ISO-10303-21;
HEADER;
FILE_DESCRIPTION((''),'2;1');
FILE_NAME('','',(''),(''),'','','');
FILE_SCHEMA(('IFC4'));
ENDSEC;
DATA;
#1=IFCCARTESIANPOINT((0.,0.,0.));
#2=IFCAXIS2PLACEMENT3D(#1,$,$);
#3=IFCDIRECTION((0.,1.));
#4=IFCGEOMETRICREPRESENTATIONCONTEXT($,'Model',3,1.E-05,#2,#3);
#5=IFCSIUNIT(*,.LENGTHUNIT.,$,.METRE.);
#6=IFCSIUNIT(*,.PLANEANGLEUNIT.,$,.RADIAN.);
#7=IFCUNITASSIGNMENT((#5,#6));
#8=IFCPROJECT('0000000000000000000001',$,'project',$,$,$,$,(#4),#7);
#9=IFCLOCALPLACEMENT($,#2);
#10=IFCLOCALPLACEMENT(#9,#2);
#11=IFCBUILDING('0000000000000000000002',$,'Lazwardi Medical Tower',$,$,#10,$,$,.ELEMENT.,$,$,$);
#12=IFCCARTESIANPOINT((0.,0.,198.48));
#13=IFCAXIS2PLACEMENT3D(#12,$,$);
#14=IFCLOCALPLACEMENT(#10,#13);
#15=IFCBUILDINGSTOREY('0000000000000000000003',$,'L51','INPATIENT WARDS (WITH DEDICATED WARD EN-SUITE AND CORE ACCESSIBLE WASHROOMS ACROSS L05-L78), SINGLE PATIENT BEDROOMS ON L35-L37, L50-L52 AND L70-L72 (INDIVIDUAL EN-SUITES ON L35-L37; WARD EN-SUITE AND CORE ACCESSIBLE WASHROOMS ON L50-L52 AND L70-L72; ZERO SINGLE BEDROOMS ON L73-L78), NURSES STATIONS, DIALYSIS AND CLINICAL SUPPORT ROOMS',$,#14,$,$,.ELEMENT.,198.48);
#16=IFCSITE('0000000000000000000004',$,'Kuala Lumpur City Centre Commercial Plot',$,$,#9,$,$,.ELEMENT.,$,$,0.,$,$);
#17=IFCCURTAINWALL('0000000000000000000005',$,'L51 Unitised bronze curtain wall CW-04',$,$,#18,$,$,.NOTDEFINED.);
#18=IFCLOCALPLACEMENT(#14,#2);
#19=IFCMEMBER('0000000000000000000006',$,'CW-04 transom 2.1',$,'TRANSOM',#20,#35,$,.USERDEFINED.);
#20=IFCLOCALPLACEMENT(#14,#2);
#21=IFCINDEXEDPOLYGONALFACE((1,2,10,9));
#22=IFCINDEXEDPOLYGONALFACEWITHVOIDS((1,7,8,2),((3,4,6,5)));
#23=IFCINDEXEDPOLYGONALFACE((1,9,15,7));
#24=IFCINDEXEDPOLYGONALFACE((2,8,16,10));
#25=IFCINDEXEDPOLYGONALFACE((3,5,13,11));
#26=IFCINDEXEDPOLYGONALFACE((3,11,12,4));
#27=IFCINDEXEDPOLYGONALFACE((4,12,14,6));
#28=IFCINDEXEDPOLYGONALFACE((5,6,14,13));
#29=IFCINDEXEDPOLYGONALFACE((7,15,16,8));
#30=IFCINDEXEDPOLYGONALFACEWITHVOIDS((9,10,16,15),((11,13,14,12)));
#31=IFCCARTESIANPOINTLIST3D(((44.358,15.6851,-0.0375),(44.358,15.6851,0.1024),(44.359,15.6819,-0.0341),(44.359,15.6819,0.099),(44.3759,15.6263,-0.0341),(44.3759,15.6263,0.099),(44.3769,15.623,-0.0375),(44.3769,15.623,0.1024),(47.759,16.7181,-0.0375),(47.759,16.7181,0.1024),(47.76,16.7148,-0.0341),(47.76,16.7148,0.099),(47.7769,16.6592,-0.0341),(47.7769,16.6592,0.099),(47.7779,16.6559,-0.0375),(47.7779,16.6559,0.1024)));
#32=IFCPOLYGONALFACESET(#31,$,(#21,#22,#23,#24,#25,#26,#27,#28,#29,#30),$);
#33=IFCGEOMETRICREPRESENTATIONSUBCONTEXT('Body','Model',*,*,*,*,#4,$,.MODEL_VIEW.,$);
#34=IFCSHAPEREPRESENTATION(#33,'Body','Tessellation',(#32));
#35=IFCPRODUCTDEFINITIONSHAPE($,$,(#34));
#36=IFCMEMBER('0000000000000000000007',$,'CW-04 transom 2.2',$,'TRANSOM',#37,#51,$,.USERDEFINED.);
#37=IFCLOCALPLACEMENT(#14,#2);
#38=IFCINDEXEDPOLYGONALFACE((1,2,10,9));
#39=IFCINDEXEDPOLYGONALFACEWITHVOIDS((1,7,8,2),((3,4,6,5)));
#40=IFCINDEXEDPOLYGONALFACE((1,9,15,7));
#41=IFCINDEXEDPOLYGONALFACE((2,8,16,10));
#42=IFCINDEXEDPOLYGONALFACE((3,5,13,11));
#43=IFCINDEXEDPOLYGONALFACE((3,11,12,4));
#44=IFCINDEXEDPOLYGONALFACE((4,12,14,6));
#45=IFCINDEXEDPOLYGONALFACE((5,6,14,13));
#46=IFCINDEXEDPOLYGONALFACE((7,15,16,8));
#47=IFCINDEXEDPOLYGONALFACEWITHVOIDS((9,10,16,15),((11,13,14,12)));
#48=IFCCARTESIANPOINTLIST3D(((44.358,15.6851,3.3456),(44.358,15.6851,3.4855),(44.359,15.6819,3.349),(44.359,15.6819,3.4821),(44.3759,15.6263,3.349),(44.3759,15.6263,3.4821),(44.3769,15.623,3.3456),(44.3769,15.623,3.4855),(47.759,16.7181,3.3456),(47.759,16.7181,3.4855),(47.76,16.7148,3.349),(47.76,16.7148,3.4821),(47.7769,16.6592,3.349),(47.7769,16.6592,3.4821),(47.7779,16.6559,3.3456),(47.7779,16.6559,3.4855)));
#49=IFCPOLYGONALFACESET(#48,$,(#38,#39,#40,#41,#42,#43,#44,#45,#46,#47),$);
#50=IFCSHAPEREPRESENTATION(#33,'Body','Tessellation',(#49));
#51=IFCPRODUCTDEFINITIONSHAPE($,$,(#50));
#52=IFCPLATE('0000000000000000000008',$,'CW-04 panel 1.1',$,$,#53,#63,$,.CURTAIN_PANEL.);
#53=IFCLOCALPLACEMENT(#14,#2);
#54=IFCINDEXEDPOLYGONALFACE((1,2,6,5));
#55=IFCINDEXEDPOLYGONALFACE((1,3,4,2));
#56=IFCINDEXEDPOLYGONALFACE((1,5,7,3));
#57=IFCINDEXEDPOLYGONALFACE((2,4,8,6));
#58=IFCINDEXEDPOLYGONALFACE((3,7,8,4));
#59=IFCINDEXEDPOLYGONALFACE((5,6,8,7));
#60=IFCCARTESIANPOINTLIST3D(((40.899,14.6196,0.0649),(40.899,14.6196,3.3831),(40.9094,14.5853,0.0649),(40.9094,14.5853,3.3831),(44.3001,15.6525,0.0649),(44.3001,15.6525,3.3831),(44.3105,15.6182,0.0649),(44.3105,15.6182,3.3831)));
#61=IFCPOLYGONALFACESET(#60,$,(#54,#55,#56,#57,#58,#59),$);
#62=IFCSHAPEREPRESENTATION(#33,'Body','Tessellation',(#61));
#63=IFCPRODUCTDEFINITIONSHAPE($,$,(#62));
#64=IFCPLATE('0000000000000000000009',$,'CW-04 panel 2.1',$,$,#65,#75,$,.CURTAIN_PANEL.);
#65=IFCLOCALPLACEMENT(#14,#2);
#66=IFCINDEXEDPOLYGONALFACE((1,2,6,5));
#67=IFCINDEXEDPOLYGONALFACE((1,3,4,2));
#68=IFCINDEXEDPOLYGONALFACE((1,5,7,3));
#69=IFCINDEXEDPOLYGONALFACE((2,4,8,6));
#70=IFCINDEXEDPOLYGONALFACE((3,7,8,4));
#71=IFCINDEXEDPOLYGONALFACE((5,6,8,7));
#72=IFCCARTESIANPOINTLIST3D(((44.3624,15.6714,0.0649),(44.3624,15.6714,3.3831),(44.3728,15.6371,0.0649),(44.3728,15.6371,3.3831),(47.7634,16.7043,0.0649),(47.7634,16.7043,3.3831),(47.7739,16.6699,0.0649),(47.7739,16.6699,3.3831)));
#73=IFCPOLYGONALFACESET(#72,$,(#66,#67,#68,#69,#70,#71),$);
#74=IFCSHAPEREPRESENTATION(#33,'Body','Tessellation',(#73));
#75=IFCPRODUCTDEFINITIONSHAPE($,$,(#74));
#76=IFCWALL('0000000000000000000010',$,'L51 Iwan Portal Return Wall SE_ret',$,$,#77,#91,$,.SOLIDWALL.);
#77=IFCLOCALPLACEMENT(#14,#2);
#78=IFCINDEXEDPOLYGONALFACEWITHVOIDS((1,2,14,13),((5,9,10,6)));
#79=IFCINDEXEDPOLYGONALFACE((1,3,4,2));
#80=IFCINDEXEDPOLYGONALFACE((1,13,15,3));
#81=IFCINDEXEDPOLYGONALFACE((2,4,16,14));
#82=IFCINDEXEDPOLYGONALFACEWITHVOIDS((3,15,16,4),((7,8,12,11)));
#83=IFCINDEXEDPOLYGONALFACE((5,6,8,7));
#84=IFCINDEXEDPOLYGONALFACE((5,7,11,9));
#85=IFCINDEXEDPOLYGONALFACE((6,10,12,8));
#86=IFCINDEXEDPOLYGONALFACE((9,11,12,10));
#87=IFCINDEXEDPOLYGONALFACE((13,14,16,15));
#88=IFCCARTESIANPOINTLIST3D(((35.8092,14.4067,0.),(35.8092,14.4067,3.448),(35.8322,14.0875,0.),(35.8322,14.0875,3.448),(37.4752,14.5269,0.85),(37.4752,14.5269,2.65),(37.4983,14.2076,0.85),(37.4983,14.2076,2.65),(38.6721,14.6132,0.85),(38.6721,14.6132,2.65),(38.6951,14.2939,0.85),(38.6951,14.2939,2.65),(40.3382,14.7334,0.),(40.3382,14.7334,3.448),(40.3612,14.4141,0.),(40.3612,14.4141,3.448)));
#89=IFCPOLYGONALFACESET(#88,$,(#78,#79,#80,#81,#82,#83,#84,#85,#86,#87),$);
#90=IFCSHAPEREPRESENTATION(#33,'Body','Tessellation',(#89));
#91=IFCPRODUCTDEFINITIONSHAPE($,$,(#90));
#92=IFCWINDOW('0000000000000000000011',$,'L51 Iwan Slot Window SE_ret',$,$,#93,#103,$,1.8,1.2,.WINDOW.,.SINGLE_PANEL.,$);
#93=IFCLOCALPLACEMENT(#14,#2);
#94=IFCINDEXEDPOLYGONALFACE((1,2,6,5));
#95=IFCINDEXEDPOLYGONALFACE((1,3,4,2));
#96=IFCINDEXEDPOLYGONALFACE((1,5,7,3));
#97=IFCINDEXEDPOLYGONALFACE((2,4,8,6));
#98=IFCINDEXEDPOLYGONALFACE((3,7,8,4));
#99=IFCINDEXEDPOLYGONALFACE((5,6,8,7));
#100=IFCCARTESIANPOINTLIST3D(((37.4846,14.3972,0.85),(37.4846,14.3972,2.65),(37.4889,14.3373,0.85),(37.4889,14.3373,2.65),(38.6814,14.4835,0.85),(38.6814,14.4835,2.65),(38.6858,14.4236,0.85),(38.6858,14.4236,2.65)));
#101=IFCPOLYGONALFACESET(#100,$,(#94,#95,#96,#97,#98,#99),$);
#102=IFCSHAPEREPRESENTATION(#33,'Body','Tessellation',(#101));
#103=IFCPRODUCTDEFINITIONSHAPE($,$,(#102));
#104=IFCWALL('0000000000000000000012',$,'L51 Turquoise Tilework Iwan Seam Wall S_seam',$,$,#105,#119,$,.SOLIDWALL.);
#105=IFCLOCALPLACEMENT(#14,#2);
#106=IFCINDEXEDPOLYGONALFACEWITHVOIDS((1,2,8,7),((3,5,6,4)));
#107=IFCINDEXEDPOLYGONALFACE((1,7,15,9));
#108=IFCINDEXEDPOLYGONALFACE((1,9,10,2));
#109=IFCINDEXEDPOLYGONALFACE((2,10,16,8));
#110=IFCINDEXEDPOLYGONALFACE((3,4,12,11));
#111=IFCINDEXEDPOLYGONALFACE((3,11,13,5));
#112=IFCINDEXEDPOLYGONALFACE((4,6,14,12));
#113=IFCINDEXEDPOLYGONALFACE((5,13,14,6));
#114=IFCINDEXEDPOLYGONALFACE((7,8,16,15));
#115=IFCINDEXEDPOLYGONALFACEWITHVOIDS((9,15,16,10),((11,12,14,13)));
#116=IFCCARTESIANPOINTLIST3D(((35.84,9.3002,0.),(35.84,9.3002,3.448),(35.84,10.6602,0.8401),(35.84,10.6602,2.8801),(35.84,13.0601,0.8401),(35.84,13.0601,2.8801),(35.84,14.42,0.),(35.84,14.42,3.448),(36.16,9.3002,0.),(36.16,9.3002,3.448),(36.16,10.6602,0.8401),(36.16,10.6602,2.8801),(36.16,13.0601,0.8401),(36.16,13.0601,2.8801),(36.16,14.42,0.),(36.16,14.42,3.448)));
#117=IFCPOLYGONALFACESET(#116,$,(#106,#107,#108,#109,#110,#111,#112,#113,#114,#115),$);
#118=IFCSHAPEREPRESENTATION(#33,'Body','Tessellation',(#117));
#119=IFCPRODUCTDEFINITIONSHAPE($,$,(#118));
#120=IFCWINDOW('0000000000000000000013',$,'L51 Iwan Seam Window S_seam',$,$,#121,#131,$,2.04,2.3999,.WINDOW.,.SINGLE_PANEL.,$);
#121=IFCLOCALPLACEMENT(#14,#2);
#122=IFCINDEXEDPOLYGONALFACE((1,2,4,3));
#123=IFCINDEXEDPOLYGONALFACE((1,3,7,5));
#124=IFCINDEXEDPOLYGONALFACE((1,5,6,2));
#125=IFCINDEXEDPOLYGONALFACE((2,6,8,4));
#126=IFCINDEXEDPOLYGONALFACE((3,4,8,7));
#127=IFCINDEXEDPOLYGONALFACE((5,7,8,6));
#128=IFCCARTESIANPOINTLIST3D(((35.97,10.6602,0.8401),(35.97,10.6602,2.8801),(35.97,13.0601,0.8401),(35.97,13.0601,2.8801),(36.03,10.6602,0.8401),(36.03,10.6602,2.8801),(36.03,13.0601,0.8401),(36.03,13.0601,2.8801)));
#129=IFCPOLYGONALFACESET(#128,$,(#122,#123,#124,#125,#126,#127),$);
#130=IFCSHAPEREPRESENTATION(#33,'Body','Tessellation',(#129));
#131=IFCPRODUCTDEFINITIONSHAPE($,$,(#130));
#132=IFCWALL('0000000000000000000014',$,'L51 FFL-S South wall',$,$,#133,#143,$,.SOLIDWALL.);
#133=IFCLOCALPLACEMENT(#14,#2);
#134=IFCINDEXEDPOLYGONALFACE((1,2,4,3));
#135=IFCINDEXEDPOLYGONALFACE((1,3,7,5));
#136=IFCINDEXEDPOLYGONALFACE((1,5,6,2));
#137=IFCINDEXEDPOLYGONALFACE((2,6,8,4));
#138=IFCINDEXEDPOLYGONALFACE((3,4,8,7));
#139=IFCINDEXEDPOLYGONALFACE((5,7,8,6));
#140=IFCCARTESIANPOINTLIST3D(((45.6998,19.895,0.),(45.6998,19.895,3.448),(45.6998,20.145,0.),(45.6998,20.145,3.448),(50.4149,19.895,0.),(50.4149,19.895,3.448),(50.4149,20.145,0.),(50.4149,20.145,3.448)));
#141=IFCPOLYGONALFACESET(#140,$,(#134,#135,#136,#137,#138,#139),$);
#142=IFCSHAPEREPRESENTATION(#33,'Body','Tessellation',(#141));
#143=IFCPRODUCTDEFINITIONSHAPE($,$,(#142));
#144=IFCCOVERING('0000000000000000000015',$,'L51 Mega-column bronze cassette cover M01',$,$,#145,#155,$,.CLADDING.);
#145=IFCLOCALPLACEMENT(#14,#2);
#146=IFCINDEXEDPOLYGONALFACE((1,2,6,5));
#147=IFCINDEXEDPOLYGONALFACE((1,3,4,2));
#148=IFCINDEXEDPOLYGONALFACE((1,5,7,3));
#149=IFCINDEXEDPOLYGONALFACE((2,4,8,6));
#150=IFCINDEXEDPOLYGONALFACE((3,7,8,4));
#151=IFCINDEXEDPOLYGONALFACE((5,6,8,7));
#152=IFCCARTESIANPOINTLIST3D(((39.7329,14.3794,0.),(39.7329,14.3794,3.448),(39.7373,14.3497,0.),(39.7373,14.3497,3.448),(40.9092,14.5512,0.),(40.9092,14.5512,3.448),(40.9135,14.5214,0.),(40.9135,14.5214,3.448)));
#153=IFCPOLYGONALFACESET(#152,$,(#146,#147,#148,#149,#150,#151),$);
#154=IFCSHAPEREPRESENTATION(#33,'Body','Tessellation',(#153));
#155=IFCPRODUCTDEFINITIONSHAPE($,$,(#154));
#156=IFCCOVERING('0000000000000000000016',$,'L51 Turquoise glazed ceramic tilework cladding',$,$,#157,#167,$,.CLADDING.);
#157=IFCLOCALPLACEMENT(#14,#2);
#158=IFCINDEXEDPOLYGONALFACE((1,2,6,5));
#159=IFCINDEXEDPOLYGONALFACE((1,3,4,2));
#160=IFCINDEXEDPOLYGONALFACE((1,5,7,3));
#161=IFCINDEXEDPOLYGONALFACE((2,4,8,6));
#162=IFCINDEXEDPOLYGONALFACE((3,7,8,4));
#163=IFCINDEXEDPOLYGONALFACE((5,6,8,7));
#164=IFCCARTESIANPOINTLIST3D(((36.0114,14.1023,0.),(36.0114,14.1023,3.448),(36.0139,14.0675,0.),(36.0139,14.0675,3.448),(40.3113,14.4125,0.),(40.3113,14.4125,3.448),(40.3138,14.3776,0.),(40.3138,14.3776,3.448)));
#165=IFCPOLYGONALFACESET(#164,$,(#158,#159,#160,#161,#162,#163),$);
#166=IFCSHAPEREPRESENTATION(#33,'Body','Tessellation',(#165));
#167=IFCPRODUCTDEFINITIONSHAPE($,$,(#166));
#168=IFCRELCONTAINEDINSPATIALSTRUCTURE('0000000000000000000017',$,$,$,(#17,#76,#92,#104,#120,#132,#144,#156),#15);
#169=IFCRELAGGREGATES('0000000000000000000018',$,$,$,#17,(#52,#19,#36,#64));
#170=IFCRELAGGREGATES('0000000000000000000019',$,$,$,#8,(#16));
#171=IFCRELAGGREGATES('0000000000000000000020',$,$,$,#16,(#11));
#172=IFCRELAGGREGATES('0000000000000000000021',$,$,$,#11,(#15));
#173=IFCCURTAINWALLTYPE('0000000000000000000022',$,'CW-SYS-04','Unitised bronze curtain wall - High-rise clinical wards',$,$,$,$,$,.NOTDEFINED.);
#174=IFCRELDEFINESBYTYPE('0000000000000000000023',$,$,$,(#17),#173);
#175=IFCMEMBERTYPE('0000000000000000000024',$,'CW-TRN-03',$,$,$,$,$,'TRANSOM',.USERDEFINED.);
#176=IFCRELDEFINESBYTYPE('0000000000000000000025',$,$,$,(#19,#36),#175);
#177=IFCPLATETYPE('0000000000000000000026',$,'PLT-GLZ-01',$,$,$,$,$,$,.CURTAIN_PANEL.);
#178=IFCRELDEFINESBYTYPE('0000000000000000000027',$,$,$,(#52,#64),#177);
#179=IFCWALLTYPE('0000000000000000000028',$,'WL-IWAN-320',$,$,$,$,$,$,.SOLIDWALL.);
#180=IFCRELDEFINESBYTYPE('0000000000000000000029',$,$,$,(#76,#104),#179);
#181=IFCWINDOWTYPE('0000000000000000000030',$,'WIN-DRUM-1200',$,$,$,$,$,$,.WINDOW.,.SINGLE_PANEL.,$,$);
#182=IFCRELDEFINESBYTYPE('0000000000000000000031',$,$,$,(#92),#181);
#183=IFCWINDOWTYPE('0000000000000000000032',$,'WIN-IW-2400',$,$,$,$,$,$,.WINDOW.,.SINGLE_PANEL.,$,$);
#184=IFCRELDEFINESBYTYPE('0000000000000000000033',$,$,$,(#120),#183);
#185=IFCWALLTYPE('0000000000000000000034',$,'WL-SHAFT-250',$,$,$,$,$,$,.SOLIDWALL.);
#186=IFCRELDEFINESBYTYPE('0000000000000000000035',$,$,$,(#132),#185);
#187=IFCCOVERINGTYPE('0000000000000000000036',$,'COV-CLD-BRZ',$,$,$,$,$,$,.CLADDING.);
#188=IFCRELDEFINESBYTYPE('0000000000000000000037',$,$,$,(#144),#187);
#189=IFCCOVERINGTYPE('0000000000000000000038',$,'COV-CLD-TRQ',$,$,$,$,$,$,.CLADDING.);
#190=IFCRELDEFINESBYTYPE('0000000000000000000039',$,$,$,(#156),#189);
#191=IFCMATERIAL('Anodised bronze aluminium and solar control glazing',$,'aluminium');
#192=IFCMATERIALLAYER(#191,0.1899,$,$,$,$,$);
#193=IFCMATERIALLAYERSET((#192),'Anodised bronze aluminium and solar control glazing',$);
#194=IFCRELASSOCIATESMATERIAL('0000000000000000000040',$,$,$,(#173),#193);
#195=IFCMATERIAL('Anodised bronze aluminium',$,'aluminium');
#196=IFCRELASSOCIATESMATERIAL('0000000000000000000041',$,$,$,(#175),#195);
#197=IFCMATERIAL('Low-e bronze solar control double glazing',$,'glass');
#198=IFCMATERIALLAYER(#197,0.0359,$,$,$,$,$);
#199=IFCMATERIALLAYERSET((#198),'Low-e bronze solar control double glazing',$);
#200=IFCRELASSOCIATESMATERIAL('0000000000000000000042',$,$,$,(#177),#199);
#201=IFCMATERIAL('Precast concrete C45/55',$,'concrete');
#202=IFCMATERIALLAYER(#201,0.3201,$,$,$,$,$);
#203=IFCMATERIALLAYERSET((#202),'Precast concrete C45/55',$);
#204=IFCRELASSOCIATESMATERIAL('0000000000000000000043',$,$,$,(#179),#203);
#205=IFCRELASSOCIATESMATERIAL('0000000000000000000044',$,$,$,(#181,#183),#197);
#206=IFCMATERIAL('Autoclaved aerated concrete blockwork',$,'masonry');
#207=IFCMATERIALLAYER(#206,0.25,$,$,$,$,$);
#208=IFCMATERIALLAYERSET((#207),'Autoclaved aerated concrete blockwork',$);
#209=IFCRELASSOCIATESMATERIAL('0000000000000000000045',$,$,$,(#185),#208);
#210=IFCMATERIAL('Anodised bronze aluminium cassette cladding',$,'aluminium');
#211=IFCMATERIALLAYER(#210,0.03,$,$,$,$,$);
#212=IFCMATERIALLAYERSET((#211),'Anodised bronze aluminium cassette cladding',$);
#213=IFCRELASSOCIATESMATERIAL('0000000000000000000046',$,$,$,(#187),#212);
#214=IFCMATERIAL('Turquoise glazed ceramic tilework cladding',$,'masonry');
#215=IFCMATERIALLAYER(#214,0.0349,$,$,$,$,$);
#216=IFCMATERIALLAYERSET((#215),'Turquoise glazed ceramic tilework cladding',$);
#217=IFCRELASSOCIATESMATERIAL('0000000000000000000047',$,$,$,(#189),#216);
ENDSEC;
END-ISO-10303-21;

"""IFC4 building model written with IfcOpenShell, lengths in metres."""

from ifc_helpers import new_model, si_unit, direction, frame, frame_2d, origin, origin_2d, place, context, subcontext, project, spatial, rectangle, hollow_rectangle, extrude, material, layer, layer_set, material_profile, profile_set, type_object, element, fill, aggregate, save


model = new_model("IFC4")

# Units and contexts
model_context = context("Model", 3, precision=1e-05, world=origin(), true_north=direction((0.0, 1.0)))
body_context = subcontext(model_context, "Body", "Model", "MODEL_VIEW")
ifc_project = project(units=[si_unit("LENGTHUNIT", "METRE"), si_unit("PLANEANGLEUNIT", "RADIAN")], contexts=[model_context])

# Site, building, storey
site_placement = place(None, origin())
site = spatial("IfcSite", under=ifc_project, at=site_placement, Name="Kuala Lumpur City Centre Commercial Plot", CompositionType="ELEMENT", RefElevation=0.0)
building_placement = place(site_placement, origin())
building = spatial("IfcBuilding", under=site, at=building_placement, Name="Lazwardi Medical Tower", CompositionType="ELEMENT")
storey_placement = place(building_placement, frame((0.0, 0.0, 198.48)))
storey = spatial("IfcBuildingStorey", under=building, at=storey_placement, Name="L51", Description="INPATIENT WARDS (WITH DEDICATED WARD EN-SUITE AND CORE ACCESSIBLE WASHROOMS ACROSS L05-L78), SINGLE PATIENT BEDROOMS ON L35-L37, L50-L52 AND L70-L72 (INDIVIDUAL EN-SUITES ON L35-L37; WARD EN-SUITE AND CORE ACCESSIBLE WASHROOMS ON L50-L52 AND L70-L72; ZERO SINGLE BEDROOMS ON L73-L78), NURSES STATIONS, DIALYSIS AND CLINICAL SUPPORT ROOMS", CompositionType="ELEMENT", Elevation=198.48)

# Curtain wall, members, plates
ifc_material_1 = material(Name="Anodised bronze aluminium and solar control glazing", Category="aluminium")
ifc_layer_1 = layer(ifc_material_1, 0.1899)
ifc_layer_set_1 = layer_set([ifc_layer_1], Name="Anodised bronze aluminium and solar control glazing")
curtain_wall_type = type_object("IfcCurtainWallType", Name="CW-SYS-04", Description="Unitised bronze curtain wall - High-rise clinical wards", PredefinedType="NOTDEFINED", material=ifc_layer_set_1)
curtain_wall_placement = place(storey_placement, origin())
curtain_wall = element("IfcCurtainWall", 1, at=curtain_wall_placement, inside=storey, type_object=curtain_wall_type, Name="L51 Unitised bronze curtain wall CW-04", PredefinedType="NOTDEFINED")
ifc_material_2 = material(Name="Anodised bronze aluminium", Category="aluminium")
ifc_material_profile_1 = material_profile(ifc_material_2, hollow_rectangle(XDim=0.0649, YDim=0.1399, WallThickness=0.0034, at=origin_2d()), Name="ALU-TRANSOM 140x65x3.5")
ifc_profile_set_1 = profile_set([ifc_material_profile_1], Name="Anodised bronze aluminium")
member_type_1 = type_object("IfcMemberType", Name="CW-TRN-03", ElementType="TRANSOM", PredefinedType="USERDEFINED", material=ifc_profile_set_1)
member_1_placement = place(storey_placement, frame((44.3674, 15.6541, 0.0325), z_axis=(0.956843, 0.290604, 0.0), x_axis=(-0.290604, 0.956843, 0.0)))
member_1 = element("IfcMember", 2, at=member_1_placement, type_object=member_type_1, Name="CW-04 transom 2.1", ObjectType="TRANSOM", PredefinedType="USERDEFINED", context=body_context, shape_type="SweptSolid", body=[
    extrude(hollow_rectangle(XDim=0.0649, YDim=0.1399, WallThickness=0.0034, at=origin_2d()), origin(), (0.0, 0.0, 1.0), 3.5544),
])
member_2_placement = place(storey_placement, frame((44.3674, 15.6541, 3.4155), z_axis=(0.956843, 0.290604, 0.0), x_axis=(-0.290604, 0.956843, 0.0)))
member_2 = element("IfcMember", 3, at=member_2_placement, type_object=member_type_1, Name="CW-04 transom 2.2", ObjectType="TRANSOM", PredefinedType="USERDEFINED", context=body_context, shape_type="SweptSolid", body=[
    extrude(hollow_rectangle(XDim=0.0649, YDim=0.1399, WallThickness=0.0034, at=origin_2d()), origin(), (0.0, 0.0, 1.0), 3.5544),
])
ifc_material_3 = material(Name="Low-e bronze solar control double glazing", Category="glass")
ifc_layer_2 = layer(ifc_material_3, 0.0359)
ifc_layer_set_2 = layer_set([ifc_layer_2], Name="Low-e bronze solar control double glazing")
plate_type = type_object("IfcPlateType", Name="PLT-GLZ-01", PredefinedType="CURTAIN_PANEL", material=ifc_layer_set_2)
plate_1_placement = place(storey_placement, frame((42.6047, 15.1189, 0.0649), z_axis=(0.0, 0.0, 1.0), x_axis=(0.95685, 0.290582, 0.0)))
plate_1 = element("IfcPlate", 4, at=plate_1_placement, type_object=plate_type, Name="CW-04 panel 1.1", PredefinedType="CURTAIN_PANEL", context=body_context, shape_type="SweptSolid", body=[
    extrude(rectangle(XDim=3.5544, YDim=0.0359, at=origin_2d()), origin(), (0.0, 0.0, 1.0), 3.3181),
])
plate_2_placement = place(storey_placement, frame((46.0681, 16.1707, 0.0649), z_axis=(0.0, 0.0, 1.0), x_axis=(0.95685, 0.290582, 0.0)))
plate_2 = element("IfcPlate", 5, at=plate_2_placement, type_object=plate_type, Name="CW-04 panel 2.1", PredefinedType="CURTAIN_PANEL", context=body_context, shape_type="SweptSolid", body=[
    extrude(rectangle(XDim=3.5544, YDim=0.0359, at=origin_2d()), origin(), (0.0, 0.0, 1.0), 3.3181),
])
aggregate(curtain_wall, [plate_1, member_1, member_2, plate_2])

# Walls, openings, windows
ifc_material_4 = material(Name="Precast concrete C45/55", Category="concrete")
ifc_layer_3 = layer(ifc_material_4, 0.3201)
ifc_layer_set_3 = layer_set([ifc_layer_3], Name="Precast concrete C45/55")
wall_type_1 = type_object("IfcWallType", Name="WL-IWAN-320", PredefinedType="SOLIDWALL", material=ifc_layer_set_3)
wall_1_placement = place(storey_placement, frame((35.8206, 14.2471, 0.0), z_axis=(0.0, 0.0, 1.0), x_axis=(0.997409, 0.071939, 0.0)))
wall_1 = element("IfcWall", 6, at=wall_1_placement, inside=storey, type_object=wall_type_1, Name="L51 Iwan Portal Return Wall SE_ret", PredefinedType="SOLIDWALL", context=body_context, shape_type="SweptSolid", body=[
    extrude(rectangle(XDim=4.5408, YDim=0.3201, at=frame_2d((2.2705, 0.0))), origin(), (0.0, 0.0, 1.0), 3.448),
])
opening_1_placement = place(wall_1_placement, frame((1.6704, 0.0, 0.8501)))
opening_1 = element("IfcOpeningElement", 7, at=opening_1_placement, cuts=wall_1, PredefinedType="OPENING", context=body_context, shape_type="SweptSolid", body=[
    extrude(rectangle(XDim=1.2, YDim=1.8, at=frame_2d((0.6001, 0.8999))), frame((0.0, 0.1699, 0.0), z_axis=(0.0, -1.0, 0.0), x_axis=(1.0, 0.0, 0.0)), (0.0, 0.0, 1.0), 0.3401),
])
window_type_1 = type_object("IfcWindowType", Name="WIN-DRUM-1200", PartitioningType="SINGLE_PANEL", PredefinedType="WINDOW", material=ifc_material_3)
window_1_placement = place(opening_1_placement, origin())
window_1 = element("IfcWindow", 8, at=window_1_placement, inside=storey, type_object=window_type_1, Name="L51 Iwan Slot Window SE_ret", OverallHeight=1.8, OverallWidth=1.2, PartitioningType="SINGLE_PANEL", PredefinedType="WINDOW", context=body_context, shape_type="SweptSolid", body=[
    extrude(rectangle(XDim=1.2, YDim=1.8, at=frame_2d((0.6001, 0.8999))), frame((0.0, 0.03, 0.0), z_axis=(0.0, -1.0, 0.0), x_axis=(1.0, 0.0, 0.0)), (0.0, 0.0, 1.0), 0.0601),
])
fill(opening_1, window_1)
wall_2_placement = place(storey_placement, frame((36.0, 9.3, 0.0), z_axis=(0.0, 0.0, 1.0), x_axis=(0.0, 1.0, 0.0)))
wall_2 = element("IfcWall", 9, at=wall_2_placement, inside=storey, type_object=wall_type_1, Name="L51 Turquoise Tilework Iwan Seam Wall S_seam", PredefinedType="SOLIDWALL", context=body_context, shape_type="SweptSolid", body=[
    extrude(rectangle(XDim=5.1199, YDim=0.3201, at=frame_2d((2.5601, 0.0))), origin(), (0.0, 0.0, 1.0), 3.448),
])
opening_2_placement = place(wall_2_placement, frame((1.3601, 0.0, 0.8401)))
opening_2 = element("IfcOpeningElement", 10, at=opening_2_placement, cuts=wall_2, PredefinedType="OPENING", context=body_context, shape_type="SweptSolid", body=[
    extrude(rectangle(XDim=2.3999, YDim=2.04, at=frame_2d((1.2, 1.02))), frame((0.0, 0.1699, 0.0), z_axis=(0.0, -1.0, 0.0), x_axis=(1.0, 0.0, 0.0)), (0.0, 0.0, 1.0), 0.3401),
])
window_type_2 = type_object("IfcWindowType", Name="WIN-IW-2400", PartitioningType="SINGLE_PANEL", PredefinedType="WINDOW", material=ifc_material_3)
window_2_placement = place(opening_2_placement, origin())
window_2 = element("IfcWindow", 11, at=window_2_placement, inside=storey, type_object=window_type_2, Name="L51 Iwan Seam Window S_seam", OverallHeight=2.04, OverallWidth=2.3999, PartitioningType="SINGLE_PANEL", PredefinedType="WINDOW", context=body_context, shape_type="SweptSolid", body=[
    extrude(rectangle(XDim=2.3999, YDim=2.04, at=frame_2d((1.2, 1.02))), frame((0.0, 0.03, 0.0), z_axis=(0.0, -1.0, 0.0), x_axis=(1.0, 0.0, 0.0)), (0.0, 0.0, 1.0), 0.0601),
])
fill(opening_2, window_2)

# Wall
ifc_material_5 = material(Name="Autoclaved aerated concrete blockwork", Category="masonry")
ifc_layer_4 = layer(ifc_material_5, 0.25)
ifc_layer_set_4 = layer_set([ifc_layer_4], Name="Autoclaved aerated concrete blockwork")
wall_type_2 = type_object("IfcWallType", Name="WL-SHAFT-250", PredefinedType="SOLIDWALL", material=ifc_layer_set_4)
wall_3_placement = place(storey_placement, frame((45.7, 20.02, 0.0), z_axis=(0.0, 0.0, 1.0), x_axis=(1.0, 0.0, 0.0)))
element("IfcWall", 12, at=wall_3_placement, inside=storey, type_object=wall_type_2, Name="L51 FFL-S South wall", PredefinedType="SOLIDWALL", context=body_context, shape_type="SweptSolid", body=[
    extrude(rectangle(XDim=4.7151, YDim=0.25, at=frame_2d((2.3574, 0.0))), origin(), (0.0, 0.0, 1.0), 3.448),
])

# Coverings
ifc_material_6 = material(Name="Anodised bronze aluminium cassette cladding", Category="aluminium")
ifc_layer_5 = layer(ifc_material_6, 0.03)
ifc_layer_set_5 = layer_set([ifc_layer_5], Name="Anodised bronze aluminium cassette cladding")
covering_type_1 = type_object("IfcCoveringType", Name="COV-CLD-BRZ", PredefinedType="CLADDING", material=ifc_layer_set_5)
covering_1_placement = place(storey_placement, frame((40.3232, 14.4504, 0.0), z_axis=(0.0, 0.0, 1.0), x_axis=(0.989512, 0.144448, 0.0)))
element("IfcCovering", 13, at=covering_1_placement, inside=storey, type_object=covering_type_1, Name="L51 Mega-column bronze cassette cover M01", PredefinedType="CLADDING", context=body_context, shape_type="SweptSolid", body=[
    extrude(rectangle(XDim=1.1887, YDim=0.03, at=origin_2d()), origin(), (0.0, 0.0, 1.0), 3.448),
])
ifc_material_7 = material(Name="Turquoise glazed ceramic tilework cladding", Category="masonry")
ifc_layer_6 = layer(ifc_material_7, 0.0349)
ifc_layer_set_6 = layer_set([ifc_layer_6], Name="Turquoise glazed ceramic tilework cladding")
covering_type_2 = type_object("IfcCoveringType", Name="COV-CLD-TRQ", PredefinedType="CLADDING", material=ifc_layer_set_6)
covering_2_placement = place(storey_placement, frame((38.1626, 14.24, 0.0), z_axis=(0.0, 0.0, 1.0), x_axis=(0.997409, 0.071933, 0.0)))
element("IfcCovering", 14, at=covering_2_placement, inside=storey, type_object=covering_type_2, Name="L51 Turquoise glazed ceramic tilework cladding", PredefinedType="CLADDING", context=body_context, shape_type="SweptSolid", body=[
    extrude(rectangle(XDim=4.311, YDim=0.0349, at=origin_2d()), origin(), (0.0, 0.0, 1.0), 3.448),
])

save(model, "model.ifc")
